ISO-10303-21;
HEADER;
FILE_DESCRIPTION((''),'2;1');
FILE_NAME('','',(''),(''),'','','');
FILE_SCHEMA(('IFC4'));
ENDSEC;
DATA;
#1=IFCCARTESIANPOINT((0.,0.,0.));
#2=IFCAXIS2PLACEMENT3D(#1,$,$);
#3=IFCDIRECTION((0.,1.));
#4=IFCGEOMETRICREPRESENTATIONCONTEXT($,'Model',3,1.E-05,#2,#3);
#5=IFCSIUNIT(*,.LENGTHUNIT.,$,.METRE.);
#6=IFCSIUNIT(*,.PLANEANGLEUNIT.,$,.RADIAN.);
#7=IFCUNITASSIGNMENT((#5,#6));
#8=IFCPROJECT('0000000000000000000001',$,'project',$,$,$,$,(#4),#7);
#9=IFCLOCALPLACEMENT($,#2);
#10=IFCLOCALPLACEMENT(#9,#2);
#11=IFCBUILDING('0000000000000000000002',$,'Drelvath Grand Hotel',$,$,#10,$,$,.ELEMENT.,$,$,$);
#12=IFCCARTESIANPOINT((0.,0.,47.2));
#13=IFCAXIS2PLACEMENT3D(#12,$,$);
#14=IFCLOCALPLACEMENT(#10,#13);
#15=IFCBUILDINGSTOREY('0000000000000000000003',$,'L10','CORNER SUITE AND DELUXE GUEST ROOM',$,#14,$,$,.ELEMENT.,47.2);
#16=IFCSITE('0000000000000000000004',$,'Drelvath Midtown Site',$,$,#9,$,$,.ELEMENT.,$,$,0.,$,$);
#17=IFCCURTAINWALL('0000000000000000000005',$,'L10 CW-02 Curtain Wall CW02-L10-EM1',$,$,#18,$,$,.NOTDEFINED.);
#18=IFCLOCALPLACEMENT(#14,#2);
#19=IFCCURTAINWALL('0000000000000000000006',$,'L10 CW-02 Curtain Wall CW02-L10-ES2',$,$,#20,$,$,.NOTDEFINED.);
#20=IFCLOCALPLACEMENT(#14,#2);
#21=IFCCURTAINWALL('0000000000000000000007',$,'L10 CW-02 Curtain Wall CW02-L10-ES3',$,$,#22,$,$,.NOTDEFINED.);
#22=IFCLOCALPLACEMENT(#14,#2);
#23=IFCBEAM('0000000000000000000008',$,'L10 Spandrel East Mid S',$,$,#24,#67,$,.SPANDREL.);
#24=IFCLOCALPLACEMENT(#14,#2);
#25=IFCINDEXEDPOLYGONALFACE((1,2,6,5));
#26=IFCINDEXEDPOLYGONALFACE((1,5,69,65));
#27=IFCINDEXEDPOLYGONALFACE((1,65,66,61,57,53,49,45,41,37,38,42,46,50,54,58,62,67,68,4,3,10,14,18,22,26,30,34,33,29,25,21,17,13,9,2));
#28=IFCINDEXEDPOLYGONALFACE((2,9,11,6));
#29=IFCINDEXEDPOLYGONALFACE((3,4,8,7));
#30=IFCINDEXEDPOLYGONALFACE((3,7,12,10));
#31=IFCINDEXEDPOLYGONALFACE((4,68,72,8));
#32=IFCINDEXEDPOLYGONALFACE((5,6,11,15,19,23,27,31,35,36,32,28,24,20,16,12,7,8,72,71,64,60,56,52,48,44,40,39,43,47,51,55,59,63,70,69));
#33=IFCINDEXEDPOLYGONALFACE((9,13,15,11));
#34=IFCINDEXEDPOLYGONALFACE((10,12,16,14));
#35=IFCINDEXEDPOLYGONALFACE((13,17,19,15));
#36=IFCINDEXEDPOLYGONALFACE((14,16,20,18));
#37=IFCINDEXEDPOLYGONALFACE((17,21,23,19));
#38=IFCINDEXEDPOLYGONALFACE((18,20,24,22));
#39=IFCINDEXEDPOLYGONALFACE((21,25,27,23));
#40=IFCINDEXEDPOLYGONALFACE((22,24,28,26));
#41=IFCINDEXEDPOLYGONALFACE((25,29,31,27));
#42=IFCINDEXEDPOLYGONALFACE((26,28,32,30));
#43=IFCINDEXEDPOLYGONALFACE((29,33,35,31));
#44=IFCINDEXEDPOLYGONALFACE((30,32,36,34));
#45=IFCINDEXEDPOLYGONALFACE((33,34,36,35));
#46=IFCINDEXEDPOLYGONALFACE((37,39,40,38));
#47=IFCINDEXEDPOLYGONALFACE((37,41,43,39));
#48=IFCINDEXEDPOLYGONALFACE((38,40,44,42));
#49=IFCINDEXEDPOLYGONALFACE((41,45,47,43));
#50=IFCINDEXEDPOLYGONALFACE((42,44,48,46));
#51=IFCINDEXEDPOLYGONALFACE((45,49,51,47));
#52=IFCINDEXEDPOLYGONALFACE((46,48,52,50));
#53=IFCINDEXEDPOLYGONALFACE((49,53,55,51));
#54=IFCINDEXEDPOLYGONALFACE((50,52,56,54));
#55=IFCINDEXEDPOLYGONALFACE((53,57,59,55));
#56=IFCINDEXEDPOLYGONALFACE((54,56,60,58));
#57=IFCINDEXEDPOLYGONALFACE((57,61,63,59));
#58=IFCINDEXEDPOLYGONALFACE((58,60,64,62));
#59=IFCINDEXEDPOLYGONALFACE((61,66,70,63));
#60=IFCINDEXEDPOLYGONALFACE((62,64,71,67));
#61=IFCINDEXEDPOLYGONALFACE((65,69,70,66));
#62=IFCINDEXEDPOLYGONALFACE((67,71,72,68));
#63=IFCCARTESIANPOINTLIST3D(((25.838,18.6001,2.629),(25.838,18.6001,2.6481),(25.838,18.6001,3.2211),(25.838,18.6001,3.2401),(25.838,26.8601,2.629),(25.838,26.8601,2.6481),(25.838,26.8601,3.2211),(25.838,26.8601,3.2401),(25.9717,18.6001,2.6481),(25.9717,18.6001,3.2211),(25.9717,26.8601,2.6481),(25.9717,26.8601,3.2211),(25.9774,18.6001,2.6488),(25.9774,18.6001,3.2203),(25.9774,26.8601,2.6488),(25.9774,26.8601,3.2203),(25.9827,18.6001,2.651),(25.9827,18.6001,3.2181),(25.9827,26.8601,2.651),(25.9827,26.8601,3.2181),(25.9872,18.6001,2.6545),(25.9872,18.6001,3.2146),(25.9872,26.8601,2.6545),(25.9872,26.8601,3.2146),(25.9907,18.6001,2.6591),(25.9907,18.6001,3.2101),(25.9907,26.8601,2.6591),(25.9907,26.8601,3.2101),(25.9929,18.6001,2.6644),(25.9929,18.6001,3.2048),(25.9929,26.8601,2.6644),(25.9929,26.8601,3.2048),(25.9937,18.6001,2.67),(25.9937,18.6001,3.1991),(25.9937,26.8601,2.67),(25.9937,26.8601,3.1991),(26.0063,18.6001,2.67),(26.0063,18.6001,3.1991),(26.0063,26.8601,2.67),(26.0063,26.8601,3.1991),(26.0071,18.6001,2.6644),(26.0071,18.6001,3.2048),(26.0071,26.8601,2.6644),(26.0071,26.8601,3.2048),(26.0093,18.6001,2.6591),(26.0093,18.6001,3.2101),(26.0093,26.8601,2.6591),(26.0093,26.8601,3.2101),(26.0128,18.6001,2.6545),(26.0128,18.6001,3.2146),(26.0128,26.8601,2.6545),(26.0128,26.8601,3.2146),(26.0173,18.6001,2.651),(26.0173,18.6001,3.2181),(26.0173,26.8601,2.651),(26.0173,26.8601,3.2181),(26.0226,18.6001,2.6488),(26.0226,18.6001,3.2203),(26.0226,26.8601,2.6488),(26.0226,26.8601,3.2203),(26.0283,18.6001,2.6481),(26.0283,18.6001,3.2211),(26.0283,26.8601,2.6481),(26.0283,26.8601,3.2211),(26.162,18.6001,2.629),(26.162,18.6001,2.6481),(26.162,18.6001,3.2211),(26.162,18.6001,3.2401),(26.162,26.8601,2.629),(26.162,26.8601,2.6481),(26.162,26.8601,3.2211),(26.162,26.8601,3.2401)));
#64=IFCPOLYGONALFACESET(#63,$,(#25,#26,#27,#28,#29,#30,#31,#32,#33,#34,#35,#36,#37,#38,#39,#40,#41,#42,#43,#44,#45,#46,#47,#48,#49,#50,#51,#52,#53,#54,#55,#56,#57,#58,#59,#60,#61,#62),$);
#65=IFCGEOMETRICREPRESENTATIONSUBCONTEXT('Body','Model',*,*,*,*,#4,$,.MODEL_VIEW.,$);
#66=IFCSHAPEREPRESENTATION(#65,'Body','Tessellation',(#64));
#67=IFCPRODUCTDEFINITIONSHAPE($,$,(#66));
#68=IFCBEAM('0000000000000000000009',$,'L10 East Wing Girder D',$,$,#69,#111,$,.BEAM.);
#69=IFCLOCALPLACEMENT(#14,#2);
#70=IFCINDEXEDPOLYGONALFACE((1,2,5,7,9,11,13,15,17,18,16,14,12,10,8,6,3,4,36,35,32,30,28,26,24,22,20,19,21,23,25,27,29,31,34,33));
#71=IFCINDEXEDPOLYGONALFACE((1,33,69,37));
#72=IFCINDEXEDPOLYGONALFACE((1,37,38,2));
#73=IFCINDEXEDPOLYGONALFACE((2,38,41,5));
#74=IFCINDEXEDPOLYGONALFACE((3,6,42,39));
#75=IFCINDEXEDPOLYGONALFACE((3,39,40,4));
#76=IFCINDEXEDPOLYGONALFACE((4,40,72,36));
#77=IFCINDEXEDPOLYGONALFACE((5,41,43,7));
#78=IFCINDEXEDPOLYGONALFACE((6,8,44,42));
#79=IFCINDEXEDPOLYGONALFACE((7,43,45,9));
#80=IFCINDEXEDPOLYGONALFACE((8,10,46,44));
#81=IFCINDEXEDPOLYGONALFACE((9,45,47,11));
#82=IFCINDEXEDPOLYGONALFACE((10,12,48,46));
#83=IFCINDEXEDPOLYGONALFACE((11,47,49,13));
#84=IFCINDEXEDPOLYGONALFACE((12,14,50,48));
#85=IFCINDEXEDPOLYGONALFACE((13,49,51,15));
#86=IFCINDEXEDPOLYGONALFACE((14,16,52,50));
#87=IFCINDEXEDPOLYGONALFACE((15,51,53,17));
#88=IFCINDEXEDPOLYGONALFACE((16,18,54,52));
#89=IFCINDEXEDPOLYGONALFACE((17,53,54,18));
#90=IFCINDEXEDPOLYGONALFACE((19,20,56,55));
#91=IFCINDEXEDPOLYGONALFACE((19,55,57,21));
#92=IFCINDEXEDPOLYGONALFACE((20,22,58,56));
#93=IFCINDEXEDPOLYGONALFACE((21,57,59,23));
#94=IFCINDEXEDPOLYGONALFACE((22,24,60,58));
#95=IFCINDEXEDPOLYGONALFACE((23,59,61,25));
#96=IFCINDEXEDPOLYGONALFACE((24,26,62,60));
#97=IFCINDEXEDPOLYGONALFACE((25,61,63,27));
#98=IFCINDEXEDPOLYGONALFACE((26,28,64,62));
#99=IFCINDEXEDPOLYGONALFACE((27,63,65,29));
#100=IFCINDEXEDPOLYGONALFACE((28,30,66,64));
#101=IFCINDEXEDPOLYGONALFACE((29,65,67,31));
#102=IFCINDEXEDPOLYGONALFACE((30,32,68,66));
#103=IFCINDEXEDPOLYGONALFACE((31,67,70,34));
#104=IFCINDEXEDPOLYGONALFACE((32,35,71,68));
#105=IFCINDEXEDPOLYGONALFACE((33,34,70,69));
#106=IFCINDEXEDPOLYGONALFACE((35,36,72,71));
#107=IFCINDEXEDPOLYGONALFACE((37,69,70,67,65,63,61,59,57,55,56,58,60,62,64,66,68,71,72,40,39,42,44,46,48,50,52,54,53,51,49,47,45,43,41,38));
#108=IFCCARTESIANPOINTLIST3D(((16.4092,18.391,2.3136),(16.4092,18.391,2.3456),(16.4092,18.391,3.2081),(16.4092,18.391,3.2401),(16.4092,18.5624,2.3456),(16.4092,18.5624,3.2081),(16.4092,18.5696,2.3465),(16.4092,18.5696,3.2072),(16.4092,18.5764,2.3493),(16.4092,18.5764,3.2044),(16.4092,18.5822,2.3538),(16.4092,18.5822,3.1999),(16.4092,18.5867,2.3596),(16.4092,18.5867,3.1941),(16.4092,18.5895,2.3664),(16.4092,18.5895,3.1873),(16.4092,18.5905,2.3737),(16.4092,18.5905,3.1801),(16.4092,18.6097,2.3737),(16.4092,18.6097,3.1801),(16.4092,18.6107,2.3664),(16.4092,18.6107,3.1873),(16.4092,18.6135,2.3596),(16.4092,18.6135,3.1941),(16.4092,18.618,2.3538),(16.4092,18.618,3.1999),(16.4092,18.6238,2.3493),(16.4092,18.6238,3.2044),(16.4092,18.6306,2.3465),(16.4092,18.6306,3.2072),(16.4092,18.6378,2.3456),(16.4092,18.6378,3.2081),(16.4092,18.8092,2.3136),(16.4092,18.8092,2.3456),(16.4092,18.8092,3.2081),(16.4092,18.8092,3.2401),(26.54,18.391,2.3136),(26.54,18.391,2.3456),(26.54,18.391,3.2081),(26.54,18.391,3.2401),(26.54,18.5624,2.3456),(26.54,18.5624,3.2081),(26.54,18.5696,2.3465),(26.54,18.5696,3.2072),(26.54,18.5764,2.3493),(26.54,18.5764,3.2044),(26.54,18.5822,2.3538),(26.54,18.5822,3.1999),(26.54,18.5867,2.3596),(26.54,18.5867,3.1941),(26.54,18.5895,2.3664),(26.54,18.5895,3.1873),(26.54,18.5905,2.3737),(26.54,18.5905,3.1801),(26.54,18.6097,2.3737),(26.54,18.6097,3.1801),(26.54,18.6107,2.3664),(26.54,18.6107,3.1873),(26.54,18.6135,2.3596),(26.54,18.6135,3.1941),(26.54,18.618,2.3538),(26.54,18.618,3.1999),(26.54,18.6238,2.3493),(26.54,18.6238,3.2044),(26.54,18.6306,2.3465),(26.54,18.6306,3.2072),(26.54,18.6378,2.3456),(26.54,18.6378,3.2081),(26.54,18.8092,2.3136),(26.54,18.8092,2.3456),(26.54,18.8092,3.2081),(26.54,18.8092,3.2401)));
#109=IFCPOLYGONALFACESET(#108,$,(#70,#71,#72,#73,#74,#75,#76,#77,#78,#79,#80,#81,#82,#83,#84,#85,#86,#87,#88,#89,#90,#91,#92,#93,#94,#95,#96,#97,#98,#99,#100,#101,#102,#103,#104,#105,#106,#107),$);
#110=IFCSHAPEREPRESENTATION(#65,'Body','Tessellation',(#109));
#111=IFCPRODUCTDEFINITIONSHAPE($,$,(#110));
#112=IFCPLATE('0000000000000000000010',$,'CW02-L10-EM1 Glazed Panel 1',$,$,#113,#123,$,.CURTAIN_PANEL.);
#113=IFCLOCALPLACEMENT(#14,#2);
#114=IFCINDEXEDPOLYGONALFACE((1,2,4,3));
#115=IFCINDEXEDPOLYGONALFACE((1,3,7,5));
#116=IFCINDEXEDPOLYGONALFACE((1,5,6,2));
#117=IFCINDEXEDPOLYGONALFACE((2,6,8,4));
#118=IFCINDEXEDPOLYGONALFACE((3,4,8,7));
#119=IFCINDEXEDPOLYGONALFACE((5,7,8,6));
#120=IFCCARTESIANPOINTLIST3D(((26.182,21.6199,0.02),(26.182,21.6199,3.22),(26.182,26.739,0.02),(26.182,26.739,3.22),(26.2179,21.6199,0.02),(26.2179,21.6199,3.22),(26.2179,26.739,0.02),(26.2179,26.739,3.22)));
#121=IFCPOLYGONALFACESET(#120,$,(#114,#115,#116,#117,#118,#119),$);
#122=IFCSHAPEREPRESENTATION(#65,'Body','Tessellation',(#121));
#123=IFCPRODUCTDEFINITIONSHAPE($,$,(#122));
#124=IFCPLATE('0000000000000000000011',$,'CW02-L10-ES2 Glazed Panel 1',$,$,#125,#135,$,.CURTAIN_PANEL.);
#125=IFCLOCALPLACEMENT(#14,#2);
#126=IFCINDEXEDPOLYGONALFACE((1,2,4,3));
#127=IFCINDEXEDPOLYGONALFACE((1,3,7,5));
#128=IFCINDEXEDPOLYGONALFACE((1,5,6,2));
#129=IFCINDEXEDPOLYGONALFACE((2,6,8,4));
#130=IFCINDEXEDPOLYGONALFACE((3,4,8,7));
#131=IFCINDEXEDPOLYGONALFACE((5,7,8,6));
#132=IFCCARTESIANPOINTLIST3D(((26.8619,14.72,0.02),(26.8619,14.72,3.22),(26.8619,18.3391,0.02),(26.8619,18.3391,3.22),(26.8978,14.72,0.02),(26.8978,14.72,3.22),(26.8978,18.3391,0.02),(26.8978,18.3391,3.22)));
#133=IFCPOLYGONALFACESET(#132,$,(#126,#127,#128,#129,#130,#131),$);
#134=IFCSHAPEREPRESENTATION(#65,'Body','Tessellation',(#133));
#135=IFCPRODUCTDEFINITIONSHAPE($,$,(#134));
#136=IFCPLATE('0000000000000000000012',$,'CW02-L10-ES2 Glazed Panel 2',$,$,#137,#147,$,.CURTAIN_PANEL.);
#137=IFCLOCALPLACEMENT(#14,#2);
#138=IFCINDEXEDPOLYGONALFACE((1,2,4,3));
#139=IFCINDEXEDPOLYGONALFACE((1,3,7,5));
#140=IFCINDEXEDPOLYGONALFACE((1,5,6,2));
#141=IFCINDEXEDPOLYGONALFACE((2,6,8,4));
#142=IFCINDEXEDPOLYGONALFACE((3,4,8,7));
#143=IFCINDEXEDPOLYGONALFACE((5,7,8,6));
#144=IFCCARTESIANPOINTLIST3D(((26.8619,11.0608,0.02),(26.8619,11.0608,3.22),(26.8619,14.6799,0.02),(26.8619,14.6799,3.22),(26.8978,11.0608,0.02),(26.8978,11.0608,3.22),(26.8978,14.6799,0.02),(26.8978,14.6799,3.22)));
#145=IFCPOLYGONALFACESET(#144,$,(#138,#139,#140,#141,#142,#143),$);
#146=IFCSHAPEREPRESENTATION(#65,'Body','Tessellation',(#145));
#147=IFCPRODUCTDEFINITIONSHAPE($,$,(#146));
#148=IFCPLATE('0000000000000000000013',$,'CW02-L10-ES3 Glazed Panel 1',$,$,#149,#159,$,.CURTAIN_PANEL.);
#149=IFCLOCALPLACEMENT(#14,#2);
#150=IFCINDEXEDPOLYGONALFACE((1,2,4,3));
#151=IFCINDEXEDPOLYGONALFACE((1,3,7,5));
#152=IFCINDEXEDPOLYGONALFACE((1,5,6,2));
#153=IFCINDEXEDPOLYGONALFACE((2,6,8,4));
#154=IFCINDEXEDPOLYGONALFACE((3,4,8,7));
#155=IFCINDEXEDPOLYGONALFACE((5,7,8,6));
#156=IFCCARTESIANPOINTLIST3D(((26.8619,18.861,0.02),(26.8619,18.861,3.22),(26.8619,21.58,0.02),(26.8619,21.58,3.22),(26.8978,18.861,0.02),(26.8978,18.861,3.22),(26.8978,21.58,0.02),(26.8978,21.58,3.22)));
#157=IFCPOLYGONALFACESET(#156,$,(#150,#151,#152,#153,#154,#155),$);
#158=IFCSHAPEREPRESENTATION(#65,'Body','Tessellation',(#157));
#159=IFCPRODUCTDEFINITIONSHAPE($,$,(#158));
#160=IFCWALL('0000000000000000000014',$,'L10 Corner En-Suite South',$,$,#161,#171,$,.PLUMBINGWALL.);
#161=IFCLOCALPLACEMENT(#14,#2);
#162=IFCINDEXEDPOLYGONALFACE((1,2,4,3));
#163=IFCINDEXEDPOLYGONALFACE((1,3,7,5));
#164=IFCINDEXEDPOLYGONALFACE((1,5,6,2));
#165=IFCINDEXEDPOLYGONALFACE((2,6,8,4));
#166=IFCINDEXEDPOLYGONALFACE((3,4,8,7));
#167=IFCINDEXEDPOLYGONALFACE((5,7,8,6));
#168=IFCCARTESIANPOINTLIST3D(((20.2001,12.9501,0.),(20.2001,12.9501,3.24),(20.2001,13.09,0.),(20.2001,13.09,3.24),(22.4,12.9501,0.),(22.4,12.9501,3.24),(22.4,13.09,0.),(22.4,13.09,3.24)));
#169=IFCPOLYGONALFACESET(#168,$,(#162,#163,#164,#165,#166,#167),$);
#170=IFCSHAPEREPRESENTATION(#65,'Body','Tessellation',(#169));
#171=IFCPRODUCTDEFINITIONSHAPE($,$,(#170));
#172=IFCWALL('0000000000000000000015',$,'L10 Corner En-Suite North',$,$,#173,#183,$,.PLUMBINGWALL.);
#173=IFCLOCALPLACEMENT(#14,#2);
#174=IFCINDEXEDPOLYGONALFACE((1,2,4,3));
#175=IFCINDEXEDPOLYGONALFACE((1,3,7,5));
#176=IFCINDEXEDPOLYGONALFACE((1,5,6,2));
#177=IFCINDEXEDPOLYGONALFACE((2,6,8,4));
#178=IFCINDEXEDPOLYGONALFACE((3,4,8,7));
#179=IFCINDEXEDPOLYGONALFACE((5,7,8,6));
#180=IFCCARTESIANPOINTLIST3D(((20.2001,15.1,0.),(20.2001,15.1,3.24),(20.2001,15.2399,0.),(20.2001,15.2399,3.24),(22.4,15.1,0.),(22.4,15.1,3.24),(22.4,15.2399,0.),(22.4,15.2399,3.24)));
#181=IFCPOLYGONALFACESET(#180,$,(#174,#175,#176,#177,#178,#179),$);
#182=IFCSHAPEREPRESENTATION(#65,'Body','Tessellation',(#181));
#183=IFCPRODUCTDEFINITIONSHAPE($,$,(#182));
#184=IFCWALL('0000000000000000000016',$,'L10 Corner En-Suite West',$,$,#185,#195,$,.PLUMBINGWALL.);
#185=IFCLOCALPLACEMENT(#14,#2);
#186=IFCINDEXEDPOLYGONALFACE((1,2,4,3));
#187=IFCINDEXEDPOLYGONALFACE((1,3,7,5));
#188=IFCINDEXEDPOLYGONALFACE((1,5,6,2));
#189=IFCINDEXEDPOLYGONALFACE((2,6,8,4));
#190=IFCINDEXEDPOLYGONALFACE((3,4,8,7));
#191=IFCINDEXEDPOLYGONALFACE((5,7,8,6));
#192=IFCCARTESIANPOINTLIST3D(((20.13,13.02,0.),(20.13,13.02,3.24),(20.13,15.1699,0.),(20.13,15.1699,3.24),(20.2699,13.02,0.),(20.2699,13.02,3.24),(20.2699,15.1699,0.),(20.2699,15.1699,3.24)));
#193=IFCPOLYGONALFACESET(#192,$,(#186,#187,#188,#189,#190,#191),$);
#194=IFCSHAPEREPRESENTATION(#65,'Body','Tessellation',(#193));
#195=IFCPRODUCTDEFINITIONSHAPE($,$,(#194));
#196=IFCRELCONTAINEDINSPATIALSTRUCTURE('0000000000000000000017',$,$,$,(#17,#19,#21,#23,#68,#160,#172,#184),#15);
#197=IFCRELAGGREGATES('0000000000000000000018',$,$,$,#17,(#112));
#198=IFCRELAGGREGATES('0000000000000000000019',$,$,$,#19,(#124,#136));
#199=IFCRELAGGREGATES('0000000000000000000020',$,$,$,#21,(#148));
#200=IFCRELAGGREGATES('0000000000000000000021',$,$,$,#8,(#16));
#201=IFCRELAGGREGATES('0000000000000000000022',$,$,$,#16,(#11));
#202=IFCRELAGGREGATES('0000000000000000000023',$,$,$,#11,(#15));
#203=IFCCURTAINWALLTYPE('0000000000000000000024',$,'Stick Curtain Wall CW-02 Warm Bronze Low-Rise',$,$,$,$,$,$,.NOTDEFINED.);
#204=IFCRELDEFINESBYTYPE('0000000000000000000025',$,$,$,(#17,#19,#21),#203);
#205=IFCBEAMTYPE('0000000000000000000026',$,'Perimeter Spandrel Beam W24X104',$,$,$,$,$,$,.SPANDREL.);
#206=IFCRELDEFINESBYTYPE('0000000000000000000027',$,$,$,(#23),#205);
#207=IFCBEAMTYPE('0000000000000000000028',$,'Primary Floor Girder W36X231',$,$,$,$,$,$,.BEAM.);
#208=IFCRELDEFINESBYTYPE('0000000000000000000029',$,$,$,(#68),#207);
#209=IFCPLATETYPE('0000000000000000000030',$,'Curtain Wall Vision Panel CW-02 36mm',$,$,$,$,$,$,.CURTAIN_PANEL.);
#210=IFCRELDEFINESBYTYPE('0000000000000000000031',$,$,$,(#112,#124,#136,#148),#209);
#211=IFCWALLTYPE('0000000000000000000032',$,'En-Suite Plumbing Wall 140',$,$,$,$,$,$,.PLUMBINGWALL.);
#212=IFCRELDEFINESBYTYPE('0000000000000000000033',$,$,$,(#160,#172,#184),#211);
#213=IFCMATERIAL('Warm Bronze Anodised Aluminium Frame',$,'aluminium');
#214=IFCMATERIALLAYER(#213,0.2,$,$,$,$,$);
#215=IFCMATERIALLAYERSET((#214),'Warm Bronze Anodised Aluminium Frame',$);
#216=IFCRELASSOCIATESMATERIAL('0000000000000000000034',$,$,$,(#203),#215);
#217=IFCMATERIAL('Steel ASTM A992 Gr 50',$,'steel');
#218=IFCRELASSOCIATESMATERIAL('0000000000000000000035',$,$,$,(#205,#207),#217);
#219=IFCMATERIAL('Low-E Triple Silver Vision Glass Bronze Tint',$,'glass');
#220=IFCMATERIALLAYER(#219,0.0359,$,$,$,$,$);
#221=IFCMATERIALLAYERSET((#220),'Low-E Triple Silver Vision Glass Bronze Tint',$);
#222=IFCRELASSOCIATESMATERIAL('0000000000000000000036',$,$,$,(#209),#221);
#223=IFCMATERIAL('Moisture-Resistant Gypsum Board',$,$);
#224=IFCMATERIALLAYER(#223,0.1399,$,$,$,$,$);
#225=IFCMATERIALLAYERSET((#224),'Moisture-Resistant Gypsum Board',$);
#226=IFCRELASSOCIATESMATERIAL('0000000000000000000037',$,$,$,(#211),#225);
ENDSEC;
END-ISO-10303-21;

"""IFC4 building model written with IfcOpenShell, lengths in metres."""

from ifc_helpers import new_model, si_unit, direction, frame, frame_2d, origin, origin_2d, place, context, subcontext, project, spatial, rectangle, i_section, extrude, material, layer, layer_set, material_profile, profile_set, type_object, element, aggregate, save


model = new_model("IFC4")

# Units and contexts
model_context = context("Model", 3, precision=1e-05, world=origin(), true_north=direction((0.0, 1.0)))
body_context = subcontext(model_context, "Body", "Model", "MODEL_VIEW")
ifc_project = project(units=[si_unit("LENGTHUNIT", "METRE"), si_unit("PLANEANGLEUNIT", "RADIAN")], contexts=[model_context])

# Site, building, storey
site_placement = place(None, origin())
site = spatial("IfcSite", under=ifc_project, at=site_placement, Name="Drelvath Midtown Site", CompositionType="ELEMENT", RefElevation=0.0)
building_placement = place(site_placement, origin())
building = spatial("IfcBuilding", under=site, at=building_placement, Name="Drelvath Grand Hotel", CompositionType="ELEMENT")
storey_placement = place(building_placement, frame((0.0, 0.0, 47.2)))
storey = spatial("IfcBuildingStorey", under=building, at=storey_placement, Name="L10", Description="CORNER SUITE AND DELUXE GUEST ROOM", CompositionType="ELEMENT", Elevation=47.2)

# Curtain walls
ifc_material_1 = material(Name="Warm Bronze Anodised Aluminium Frame", Category="aluminium")
ifc_layer_1 = layer(ifc_material_1, 0.2)
ifc_layer_set_1 = layer_set([ifc_layer_1], Name="Warm Bronze Anodised Aluminium Frame")
curtain_wall_type = type_object("IfcCurtainWallType", Name="Stick Curtain Wall CW-02 Warm Bronze Low-Rise", PredefinedType="NOTDEFINED", material=ifc_layer_set_1)
curtain_wall_1_placement = place(storey_placement, origin())
curtain_wall_1 = element("IfcCurtainWall", 1, at=curtain_wall_1_placement, inside=storey, type_object=curtain_wall_type, Name="L10 CW-02 Curtain Wall CW02-L10-EM1", PredefinedType="NOTDEFINED")
curtain_wall_2_placement = place(storey_placement, origin())
curtain_wall_2 = element("IfcCurtainWall", 2, at=curtain_wall_2_placement, inside=storey, type_object=curtain_wall_type, Name="L10 CW-02 Curtain Wall CW02-L10-ES2", PredefinedType="NOTDEFINED")
curtain_wall_3_placement = place(storey_placement, origin())
curtain_wall_3 = element("IfcCurtainWall", 3, at=curtain_wall_3_placement, inside=storey, type_object=curtain_wall_type, Name="L10 CW-02 Curtain Wall CW02-L10-ES3", PredefinedType="NOTDEFINED")

# Beams
ifc_material_2 = material(Name="Steel ASTM A992 Gr 50", Category="steel")
ifc_material_profile_1 = material_profile(ifc_material_2, i_section(OverallWidth=0.324, OverallDepth=0.6111, WebThickness=0.0127, FlangeThickness=0.019, FilletRadius=0.022, at=origin_2d()), Name="W24X104")
ifc_profile_set_1 = profile_set([ifc_material_profile_1], Name="Steel ASTM A992 Gr 50")
beam_type_1 = type_object("IfcBeamType", Name="Perimeter Spandrel Beam W24X104", PredefinedType="SPANDREL", material=ifc_profile_set_1)
beam_1_placement = place(storey_placement, frame((26.0, 18.6001, 2.9346), z_axis=(0.0, 1.0, 0.0), x_axis=(-1.0, 0.0, 0.0)))
element("IfcBeam", 4, at=beam_1_placement, inside=storey, type_object=beam_type_1, Name="L10 Spandrel East Mid S", PredefinedType="SPANDREL", context=body_context, shape_type="SweptSolid", body=[
    extrude(i_section(OverallWidth=0.324, OverallDepth=0.6111, WebThickness=0.0127, FlangeThickness=0.019, FilletRadius=0.022, at=origin_2d()), origin(), (0.0, 0.0, 1.0), 8.26),
])
ifc_material_profile_2 = material_profile(ifc_material_2, i_section(OverallWidth=0.4182, OverallDepth=0.9265, WebThickness=0.0193, FlangeThickness=0.032, FilletRadius=0.0281, at=origin_2d()), Name="W36X231")
ifc_profile_set_2 = profile_set([ifc_material_profile_2], Name="Steel ASTM A992 Gr 50")
beam_type_2 = type_object("IfcBeamType", Name="Primary Floor Girder W36X231", PredefinedType="BEAM", material=ifc_profile_set_2)
beam_2_placement = place(storey_placement, frame((16.4092, 18.6001, 2.7769), z_axis=(1.0, 0.0, 0.0), x_axis=(0.0, 1.0, 0.0)))
element("IfcBeam", 5, at=beam_2_placement, inside=storey, type_object=beam_type_2, Name="L10 East Wing Girder D", PredefinedType="BEAM", context=body_context, shape_type="SweptSolid", body=[
    extrude(i_section(OverallWidth=0.4182, OverallDepth=0.9265, WebThickness=0.0193, FlangeThickness=0.032, FilletRadius=0.0281, at=origin_2d()), origin(), (0.0, 0.0, 1.0), 10.1309),
])

# Plates
ifc_material_3 = material(Name="Low-E Triple Silver Vision Glass Bronze Tint", Category="glass")
ifc_layer_2 = layer(ifc_material_3, 0.0359)
ifc_layer_set_2 = layer_set([ifc_layer_2], Name="Low-E Triple Silver Vision Glass Bronze Tint")
plate_type = type_object("IfcPlateType", Name="Curtain Wall Vision Panel CW-02 36mm", PredefinedType="CURTAIN_PANEL", material=ifc_layer_set_2)
plate_1_placement = place(storey_placement, frame((26.2, 24.1794, 0.02), z_axis=(0.0, 0.0, 1.0), x_axis=(0.0, -1.0, 0.0)))
plate_1 = element("IfcPlate", 6, at=plate_1_placement, type_object=plate_type, Name="CW02-L10-EM1 Glazed Panel 1", PredefinedType="CURTAIN_PANEL", context=body_context, shape_type="SweptSolid", body=[
    extrude(rectangle(XDim=5.1191, YDim=0.0359, at=origin_2d()), origin(), (0.0, 0.0, 1.0), 3.2),
])
aggregate(curtain_wall_1, [plate_1])
plate_2_placement = place(storey_placement, frame((26.8799, 16.5295, 0.02), z_axis=(0.0, 0.0, 1.0), x_axis=(0.0, -1.0, 0.0)))
plate_2 = element("IfcPlate", 7, at=plate_2_placement, type_object=plate_type, Name="CW02-L10-ES2 Glazed Panel 1", PredefinedType="CURTAIN_PANEL", context=body_context, shape_type="SweptSolid", body=[
    extrude(rectangle(XDim=3.6191, YDim=0.0359, at=origin_2d()), origin(), (0.0, 0.0, 1.0), 3.2),
])
plate_3_placement = place(storey_placement, frame((26.8799, 12.8704, 0.02), z_axis=(0.0, 0.0, 1.0), x_axis=(0.0, -1.0, 0.0)))
plate_3 = element("IfcPlate", 8, at=plate_3_placement, type_object=plate_type, Name="CW02-L10-ES2 Glazed Panel 2", PredefinedType="CURTAIN_PANEL", context=body_context, shape_type="SweptSolid", body=[
    extrude(rectangle(XDim=3.6191, YDim=0.0359, at=origin_2d()), origin(), (0.0, 0.0, 1.0), 3.2),
])
aggregate(curtain_wall_2, [plate_2, plate_3])
plate_4_placement = place(storey_placement, frame((26.8799, 20.2205, 0.02), z_axis=(0.0, 0.0, 1.0), x_axis=(0.0, -1.0, 0.0)))
plate_4 = element("IfcPlate", 9, at=plate_4_placement, type_object=plate_type, Name="CW02-L10-ES3 Glazed Panel 1", PredefinedType="CURTAIN_PANEL", context=body_context, shape_type="SweptSolid", body=[
    extrude(rectangle(XDim=2.719, YDim=0.0359, at=origin_2d()), origin(), (0.0, 0.0, 1.0), 3.2),
])
aggregate(curtain_wall_3, [plate_4])

# Walls
ifc_material_4 = material(Name="Moisture-Resistant Gypsum Board")
ifc_layer_3 = layer(ifc_material_4, 0.1399)
ifc_layer_set_3 = layer_set([ifc_layer_3], Name="Moisture-Resistant Gypsum Board")
wall_type_1 = type_object("IfcWallType", Name="En-Suite Plumbing Wall 140", PredefinedType="PLUMBINGWALL", material=ifc_layer_set_3)
for number, where, z_axis, x_axis, name in (
    (10, (20.2, 13.02, 0.0), (0.0, 0.0, 1.0), (1.0, 0.0, 0.0), "L10 Corner En-Suite South"),
    (11, (20.2, 15.1699, 0.0), (0.0, 0.0, 1.0), (1.0, 0.0, 0.0), "L10 Corner En-Suite North"),
):
    element("IfcWall", number, at=place(storey_placement, frame(where, z_axis=z_axis, x_axis=x_axis)), inside=storey, type_object=wall_type_1, Name=name, PredefinedType="PLUMBINGWALL", context=body_context, shape_type="SweptSolid", body=[
        extrude(rectangle(XDim=2.2, YDim=0.1399, at=frame_2d((1.1001, 0.0))), origin(), (0.0, 0.0, 1.0), 3.24),
    ])
wall_1_placement = place(storey_placement, frame((20.2, 13.02, 0.0), z_axis=(0.0, 0.0, 1.0), x_axis=(0.0, 1.0, 0.0)))
element("IfcWall", 12, at=wall_1_placement, inside=storey, type_object=wall_type_1, Name="L10 Corner En-Suite West", PredefinedType="PLUMBINGWALL", context=body_context, shape_type="SweptSolid", body=[
    extrude(rectangle(XDim=2.1499, YDim=0.1399, at=frame_2d((1.075, 0.0))), origin(), (0.0, 0.0, 1.0), 3.24),
])

save(model, "model.ifc")
